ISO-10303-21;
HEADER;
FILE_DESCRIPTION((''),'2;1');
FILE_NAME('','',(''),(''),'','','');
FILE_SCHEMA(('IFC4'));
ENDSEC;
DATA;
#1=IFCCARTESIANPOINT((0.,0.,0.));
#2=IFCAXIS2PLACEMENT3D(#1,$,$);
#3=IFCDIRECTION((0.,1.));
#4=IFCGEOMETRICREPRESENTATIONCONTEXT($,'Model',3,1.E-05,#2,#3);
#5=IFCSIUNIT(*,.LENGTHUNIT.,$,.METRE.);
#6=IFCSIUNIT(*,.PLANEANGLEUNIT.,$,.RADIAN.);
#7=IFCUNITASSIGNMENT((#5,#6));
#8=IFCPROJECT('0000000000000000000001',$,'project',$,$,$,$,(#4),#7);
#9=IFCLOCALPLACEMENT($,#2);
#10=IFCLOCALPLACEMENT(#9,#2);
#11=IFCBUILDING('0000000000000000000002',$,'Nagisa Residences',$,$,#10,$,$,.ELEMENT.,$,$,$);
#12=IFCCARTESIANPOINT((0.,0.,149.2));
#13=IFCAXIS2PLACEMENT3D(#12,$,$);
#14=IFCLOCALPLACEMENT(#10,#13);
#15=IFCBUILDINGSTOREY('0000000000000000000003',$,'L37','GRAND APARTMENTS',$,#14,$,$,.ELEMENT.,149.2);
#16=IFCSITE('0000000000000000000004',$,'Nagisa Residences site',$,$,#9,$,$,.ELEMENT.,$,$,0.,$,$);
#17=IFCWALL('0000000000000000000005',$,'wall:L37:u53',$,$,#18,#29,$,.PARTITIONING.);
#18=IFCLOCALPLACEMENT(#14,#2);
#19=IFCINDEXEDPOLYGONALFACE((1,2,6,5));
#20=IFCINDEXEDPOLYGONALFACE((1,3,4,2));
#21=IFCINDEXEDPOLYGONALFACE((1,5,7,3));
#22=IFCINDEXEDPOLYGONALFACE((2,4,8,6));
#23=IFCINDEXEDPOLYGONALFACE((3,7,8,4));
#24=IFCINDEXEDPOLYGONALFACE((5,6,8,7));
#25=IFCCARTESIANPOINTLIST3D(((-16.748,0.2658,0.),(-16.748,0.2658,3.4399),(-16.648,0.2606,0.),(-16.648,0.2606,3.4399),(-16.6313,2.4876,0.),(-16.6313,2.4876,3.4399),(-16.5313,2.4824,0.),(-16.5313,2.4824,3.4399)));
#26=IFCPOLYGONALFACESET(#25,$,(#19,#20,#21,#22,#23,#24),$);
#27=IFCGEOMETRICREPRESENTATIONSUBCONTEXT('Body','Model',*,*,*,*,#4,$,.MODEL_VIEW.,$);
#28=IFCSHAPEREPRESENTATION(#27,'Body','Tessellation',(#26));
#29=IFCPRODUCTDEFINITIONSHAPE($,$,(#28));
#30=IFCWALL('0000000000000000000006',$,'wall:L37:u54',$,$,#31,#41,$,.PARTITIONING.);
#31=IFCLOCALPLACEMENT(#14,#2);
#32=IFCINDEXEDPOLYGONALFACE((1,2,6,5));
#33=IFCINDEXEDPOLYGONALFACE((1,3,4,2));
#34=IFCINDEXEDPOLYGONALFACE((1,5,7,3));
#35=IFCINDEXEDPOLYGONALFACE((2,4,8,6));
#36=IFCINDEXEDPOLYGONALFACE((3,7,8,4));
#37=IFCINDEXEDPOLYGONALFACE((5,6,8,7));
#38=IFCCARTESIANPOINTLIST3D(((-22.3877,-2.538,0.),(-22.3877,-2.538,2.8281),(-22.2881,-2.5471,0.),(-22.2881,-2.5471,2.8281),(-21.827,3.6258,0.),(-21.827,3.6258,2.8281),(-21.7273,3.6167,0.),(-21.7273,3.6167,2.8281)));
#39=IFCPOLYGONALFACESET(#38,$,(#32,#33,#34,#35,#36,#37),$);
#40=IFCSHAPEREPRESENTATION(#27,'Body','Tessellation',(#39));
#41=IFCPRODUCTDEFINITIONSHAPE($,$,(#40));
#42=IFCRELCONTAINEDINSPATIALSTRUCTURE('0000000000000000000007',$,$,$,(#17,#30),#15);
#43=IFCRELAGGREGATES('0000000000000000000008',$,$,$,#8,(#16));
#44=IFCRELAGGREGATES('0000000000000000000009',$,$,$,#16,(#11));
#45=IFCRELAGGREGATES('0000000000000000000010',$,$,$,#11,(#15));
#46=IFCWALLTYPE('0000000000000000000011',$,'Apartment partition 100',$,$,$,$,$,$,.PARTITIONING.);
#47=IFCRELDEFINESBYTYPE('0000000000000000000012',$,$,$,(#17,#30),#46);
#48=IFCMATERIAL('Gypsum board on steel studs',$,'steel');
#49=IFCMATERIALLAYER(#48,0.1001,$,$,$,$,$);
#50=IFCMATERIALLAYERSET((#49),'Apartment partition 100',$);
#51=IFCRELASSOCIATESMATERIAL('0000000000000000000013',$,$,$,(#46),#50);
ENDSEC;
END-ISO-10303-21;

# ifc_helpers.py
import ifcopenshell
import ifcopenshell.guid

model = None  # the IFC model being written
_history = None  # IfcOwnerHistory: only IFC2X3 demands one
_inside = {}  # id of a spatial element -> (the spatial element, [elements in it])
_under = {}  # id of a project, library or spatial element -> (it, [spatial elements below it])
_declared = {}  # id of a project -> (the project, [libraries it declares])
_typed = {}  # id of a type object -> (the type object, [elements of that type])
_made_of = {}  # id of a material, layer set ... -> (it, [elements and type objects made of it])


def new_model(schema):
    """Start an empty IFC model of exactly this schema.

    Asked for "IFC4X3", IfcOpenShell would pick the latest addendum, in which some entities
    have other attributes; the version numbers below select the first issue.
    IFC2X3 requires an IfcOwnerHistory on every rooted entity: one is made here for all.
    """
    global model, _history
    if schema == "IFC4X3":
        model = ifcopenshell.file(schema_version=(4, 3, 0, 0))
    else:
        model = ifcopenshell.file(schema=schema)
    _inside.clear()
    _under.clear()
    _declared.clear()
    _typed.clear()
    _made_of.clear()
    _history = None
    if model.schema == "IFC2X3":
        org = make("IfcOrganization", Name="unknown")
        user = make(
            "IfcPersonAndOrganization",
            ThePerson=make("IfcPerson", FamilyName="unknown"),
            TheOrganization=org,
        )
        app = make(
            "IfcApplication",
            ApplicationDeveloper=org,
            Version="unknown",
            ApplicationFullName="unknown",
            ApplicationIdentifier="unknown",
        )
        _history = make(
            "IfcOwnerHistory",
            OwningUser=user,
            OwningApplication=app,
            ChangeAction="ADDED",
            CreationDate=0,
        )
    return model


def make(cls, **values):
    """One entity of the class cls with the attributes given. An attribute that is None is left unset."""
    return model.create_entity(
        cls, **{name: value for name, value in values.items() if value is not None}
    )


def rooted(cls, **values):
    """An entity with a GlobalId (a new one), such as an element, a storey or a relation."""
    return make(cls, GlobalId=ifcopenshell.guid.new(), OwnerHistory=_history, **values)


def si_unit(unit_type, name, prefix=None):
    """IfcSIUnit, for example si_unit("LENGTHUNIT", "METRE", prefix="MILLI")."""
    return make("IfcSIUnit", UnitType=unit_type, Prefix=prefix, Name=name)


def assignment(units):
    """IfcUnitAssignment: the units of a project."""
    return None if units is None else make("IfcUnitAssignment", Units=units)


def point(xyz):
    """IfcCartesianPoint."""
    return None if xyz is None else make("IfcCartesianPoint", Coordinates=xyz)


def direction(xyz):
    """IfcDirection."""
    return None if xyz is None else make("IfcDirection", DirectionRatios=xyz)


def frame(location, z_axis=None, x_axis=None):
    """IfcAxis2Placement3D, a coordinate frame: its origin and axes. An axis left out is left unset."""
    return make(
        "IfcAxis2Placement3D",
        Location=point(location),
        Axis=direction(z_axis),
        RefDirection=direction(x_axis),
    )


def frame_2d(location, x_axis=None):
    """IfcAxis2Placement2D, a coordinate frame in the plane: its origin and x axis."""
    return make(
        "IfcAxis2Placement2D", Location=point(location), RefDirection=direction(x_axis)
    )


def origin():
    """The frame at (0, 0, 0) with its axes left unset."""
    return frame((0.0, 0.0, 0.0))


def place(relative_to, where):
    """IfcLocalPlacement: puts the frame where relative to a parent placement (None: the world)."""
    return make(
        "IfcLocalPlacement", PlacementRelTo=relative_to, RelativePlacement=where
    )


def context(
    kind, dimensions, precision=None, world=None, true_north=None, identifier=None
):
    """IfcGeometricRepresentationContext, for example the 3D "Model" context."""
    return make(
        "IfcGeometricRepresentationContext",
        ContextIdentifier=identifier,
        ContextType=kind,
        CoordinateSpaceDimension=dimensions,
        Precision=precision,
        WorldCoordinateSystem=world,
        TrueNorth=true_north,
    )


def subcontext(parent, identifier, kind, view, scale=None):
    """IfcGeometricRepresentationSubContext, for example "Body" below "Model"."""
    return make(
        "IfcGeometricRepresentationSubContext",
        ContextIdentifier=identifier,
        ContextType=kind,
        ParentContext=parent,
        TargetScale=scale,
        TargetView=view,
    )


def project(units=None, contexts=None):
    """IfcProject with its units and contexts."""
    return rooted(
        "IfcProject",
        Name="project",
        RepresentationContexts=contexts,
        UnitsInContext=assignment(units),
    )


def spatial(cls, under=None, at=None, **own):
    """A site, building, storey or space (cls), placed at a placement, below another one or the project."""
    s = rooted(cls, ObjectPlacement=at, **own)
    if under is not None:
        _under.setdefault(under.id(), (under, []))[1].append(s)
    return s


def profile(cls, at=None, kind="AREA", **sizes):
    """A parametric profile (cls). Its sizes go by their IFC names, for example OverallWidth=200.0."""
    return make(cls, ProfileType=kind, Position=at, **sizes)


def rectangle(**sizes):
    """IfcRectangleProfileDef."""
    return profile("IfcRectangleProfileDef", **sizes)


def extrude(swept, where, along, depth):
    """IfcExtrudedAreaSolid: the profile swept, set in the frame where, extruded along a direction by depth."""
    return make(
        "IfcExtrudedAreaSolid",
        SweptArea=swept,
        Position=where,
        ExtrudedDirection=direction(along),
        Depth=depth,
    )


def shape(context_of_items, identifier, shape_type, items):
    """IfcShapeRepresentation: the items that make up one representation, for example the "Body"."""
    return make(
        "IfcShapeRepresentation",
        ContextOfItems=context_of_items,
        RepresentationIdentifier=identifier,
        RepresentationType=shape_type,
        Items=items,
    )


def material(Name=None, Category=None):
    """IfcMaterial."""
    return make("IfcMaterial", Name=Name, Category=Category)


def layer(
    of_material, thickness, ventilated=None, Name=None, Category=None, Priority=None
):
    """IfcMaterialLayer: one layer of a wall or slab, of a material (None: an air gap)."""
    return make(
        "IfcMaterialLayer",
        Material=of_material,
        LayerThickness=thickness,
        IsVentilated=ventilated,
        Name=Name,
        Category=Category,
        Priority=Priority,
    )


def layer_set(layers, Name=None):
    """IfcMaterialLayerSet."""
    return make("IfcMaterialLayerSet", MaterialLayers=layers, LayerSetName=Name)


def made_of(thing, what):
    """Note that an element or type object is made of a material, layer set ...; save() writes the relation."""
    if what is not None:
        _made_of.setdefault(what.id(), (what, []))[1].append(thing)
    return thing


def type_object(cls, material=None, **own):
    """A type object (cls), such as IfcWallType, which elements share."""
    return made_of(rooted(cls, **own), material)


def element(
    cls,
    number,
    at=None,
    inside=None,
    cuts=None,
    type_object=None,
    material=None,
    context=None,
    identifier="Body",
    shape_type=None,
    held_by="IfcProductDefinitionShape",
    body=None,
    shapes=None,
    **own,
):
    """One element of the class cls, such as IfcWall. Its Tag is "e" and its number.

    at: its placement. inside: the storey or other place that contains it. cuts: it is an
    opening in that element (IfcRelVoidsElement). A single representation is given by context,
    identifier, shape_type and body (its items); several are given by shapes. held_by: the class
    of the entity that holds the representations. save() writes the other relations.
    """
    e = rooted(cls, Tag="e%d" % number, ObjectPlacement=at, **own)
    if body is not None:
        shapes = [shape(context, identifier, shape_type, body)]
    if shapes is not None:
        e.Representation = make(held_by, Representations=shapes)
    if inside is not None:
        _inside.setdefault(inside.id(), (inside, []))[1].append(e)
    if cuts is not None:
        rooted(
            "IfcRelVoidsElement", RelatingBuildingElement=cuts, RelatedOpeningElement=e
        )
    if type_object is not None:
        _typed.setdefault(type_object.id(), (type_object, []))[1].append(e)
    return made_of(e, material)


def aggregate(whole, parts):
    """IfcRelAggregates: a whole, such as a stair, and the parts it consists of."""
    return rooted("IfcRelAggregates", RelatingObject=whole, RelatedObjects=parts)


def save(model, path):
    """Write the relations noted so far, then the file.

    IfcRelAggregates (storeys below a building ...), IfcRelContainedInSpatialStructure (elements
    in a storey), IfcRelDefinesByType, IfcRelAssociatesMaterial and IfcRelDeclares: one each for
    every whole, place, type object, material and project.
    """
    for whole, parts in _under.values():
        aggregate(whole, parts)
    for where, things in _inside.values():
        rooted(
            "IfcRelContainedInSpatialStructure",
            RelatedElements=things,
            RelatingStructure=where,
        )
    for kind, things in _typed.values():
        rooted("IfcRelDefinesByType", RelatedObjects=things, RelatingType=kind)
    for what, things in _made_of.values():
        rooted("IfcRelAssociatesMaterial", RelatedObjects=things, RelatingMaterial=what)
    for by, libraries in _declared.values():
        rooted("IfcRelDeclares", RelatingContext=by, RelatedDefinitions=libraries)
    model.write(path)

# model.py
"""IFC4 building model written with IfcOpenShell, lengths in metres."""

from ifc_helpers import new_model, si_unit, direction, frame, frame_2d, origin, place, context, subcontext, project, spatial, rectangle, extrude, material, layer, layer_set, type_object, element, save


model = new_model("IFC4")

# Units and contexts
model_context = context("Model", 3, precision=1e-05, world=origin(), true_north=direction((0.0, 1.0)))
body_context = subcontext(model_context, "Body", "Model", "MODEL_VIEW")
ifc_project = project(units=[si_unit("LENGTHUNIT", "METRE"), si_unit("PLANEANGLEUNIT", "RADIAN")], contexts=[model_context])

# Site, building, storey
site_placement = place(None, origin())
site = spatial("IfcSite", under=ifc_project, at=site_placement, Name="Nagisa Residences site", CompositionType="ELEMENT", RefElevation=0.0)
building_placement = place(site_placement, origin())
building = spatial("IfcBuilding", under=site, at=building_placement, Name="Nagisa Residences", CompositionType="ELEMENT")
storey_placement = place(building_placement, frame((0.0, 0.0, 149.2)))
storey = spatial("IfcBuildingStorey", under=building, at=storey_placement, Name="L37", Description="GRAND APARTMENTS", CompositionType="ELEMENT", Elevation=149.2)

# Shared definitions
ifc_material_1 = material(Name="Gypsum board on steel studs", Category="steel")
ifc_layer_1 = layer(ifc_material_1, 0.1001)
ifc_layer_set_1 = layer_set([ifc_layer_1], Name="Apartment partition 100")
wall_type = type_object("IfcWallType", Name="Apartment partition 100", PredefinedType="PARTITIONING", material=ifc_layer_set_1)

# Walls
wall_1_placement = place(storey_placement, frame((-16.5813, 2.4849, 0.0), z_axis=(0.0, 0.0, 1.0), x_axis=(-0.052455, -0.998623, 0.0)))
element("IfcWall", 1, at=wall_1_placement, inside=storey, type_object=wall_type, Name="wall:L37:u53", PredefinedType="PARTITIONING", context=body_context, shape_type="SweptSolid", body=[
    extrude(rectangle(XDim=2.2249, YDim=0.1001, at=frame_2d((1.1123, 0.0))), origin(), (0.0, 0.0, 1.0), 3.4399),
])
wall_2_placement = place(storey_placement, frame((-21.7771, 3.6213, 0.0), z_axis=(0.0, 0.0, 1.0), x_axis=(-0.090607, -0.995887, 0.0)))
element("IfcWall", 2, at=wall_2_placement, inside=storey, type_object=wall_type, Name="wall:L37:u54", PredefinedType="PARTITIONING", context=body_context, shape_type="SweptSolid", body=[
    extrude(rectangle(XDim=6.1892, YDim=0.1001, at=frame_2d((3.0947, 0.0))), origin(), (0.0, 0.0, 1.0), 2.8281),
])

save(model, "model.ifc")
